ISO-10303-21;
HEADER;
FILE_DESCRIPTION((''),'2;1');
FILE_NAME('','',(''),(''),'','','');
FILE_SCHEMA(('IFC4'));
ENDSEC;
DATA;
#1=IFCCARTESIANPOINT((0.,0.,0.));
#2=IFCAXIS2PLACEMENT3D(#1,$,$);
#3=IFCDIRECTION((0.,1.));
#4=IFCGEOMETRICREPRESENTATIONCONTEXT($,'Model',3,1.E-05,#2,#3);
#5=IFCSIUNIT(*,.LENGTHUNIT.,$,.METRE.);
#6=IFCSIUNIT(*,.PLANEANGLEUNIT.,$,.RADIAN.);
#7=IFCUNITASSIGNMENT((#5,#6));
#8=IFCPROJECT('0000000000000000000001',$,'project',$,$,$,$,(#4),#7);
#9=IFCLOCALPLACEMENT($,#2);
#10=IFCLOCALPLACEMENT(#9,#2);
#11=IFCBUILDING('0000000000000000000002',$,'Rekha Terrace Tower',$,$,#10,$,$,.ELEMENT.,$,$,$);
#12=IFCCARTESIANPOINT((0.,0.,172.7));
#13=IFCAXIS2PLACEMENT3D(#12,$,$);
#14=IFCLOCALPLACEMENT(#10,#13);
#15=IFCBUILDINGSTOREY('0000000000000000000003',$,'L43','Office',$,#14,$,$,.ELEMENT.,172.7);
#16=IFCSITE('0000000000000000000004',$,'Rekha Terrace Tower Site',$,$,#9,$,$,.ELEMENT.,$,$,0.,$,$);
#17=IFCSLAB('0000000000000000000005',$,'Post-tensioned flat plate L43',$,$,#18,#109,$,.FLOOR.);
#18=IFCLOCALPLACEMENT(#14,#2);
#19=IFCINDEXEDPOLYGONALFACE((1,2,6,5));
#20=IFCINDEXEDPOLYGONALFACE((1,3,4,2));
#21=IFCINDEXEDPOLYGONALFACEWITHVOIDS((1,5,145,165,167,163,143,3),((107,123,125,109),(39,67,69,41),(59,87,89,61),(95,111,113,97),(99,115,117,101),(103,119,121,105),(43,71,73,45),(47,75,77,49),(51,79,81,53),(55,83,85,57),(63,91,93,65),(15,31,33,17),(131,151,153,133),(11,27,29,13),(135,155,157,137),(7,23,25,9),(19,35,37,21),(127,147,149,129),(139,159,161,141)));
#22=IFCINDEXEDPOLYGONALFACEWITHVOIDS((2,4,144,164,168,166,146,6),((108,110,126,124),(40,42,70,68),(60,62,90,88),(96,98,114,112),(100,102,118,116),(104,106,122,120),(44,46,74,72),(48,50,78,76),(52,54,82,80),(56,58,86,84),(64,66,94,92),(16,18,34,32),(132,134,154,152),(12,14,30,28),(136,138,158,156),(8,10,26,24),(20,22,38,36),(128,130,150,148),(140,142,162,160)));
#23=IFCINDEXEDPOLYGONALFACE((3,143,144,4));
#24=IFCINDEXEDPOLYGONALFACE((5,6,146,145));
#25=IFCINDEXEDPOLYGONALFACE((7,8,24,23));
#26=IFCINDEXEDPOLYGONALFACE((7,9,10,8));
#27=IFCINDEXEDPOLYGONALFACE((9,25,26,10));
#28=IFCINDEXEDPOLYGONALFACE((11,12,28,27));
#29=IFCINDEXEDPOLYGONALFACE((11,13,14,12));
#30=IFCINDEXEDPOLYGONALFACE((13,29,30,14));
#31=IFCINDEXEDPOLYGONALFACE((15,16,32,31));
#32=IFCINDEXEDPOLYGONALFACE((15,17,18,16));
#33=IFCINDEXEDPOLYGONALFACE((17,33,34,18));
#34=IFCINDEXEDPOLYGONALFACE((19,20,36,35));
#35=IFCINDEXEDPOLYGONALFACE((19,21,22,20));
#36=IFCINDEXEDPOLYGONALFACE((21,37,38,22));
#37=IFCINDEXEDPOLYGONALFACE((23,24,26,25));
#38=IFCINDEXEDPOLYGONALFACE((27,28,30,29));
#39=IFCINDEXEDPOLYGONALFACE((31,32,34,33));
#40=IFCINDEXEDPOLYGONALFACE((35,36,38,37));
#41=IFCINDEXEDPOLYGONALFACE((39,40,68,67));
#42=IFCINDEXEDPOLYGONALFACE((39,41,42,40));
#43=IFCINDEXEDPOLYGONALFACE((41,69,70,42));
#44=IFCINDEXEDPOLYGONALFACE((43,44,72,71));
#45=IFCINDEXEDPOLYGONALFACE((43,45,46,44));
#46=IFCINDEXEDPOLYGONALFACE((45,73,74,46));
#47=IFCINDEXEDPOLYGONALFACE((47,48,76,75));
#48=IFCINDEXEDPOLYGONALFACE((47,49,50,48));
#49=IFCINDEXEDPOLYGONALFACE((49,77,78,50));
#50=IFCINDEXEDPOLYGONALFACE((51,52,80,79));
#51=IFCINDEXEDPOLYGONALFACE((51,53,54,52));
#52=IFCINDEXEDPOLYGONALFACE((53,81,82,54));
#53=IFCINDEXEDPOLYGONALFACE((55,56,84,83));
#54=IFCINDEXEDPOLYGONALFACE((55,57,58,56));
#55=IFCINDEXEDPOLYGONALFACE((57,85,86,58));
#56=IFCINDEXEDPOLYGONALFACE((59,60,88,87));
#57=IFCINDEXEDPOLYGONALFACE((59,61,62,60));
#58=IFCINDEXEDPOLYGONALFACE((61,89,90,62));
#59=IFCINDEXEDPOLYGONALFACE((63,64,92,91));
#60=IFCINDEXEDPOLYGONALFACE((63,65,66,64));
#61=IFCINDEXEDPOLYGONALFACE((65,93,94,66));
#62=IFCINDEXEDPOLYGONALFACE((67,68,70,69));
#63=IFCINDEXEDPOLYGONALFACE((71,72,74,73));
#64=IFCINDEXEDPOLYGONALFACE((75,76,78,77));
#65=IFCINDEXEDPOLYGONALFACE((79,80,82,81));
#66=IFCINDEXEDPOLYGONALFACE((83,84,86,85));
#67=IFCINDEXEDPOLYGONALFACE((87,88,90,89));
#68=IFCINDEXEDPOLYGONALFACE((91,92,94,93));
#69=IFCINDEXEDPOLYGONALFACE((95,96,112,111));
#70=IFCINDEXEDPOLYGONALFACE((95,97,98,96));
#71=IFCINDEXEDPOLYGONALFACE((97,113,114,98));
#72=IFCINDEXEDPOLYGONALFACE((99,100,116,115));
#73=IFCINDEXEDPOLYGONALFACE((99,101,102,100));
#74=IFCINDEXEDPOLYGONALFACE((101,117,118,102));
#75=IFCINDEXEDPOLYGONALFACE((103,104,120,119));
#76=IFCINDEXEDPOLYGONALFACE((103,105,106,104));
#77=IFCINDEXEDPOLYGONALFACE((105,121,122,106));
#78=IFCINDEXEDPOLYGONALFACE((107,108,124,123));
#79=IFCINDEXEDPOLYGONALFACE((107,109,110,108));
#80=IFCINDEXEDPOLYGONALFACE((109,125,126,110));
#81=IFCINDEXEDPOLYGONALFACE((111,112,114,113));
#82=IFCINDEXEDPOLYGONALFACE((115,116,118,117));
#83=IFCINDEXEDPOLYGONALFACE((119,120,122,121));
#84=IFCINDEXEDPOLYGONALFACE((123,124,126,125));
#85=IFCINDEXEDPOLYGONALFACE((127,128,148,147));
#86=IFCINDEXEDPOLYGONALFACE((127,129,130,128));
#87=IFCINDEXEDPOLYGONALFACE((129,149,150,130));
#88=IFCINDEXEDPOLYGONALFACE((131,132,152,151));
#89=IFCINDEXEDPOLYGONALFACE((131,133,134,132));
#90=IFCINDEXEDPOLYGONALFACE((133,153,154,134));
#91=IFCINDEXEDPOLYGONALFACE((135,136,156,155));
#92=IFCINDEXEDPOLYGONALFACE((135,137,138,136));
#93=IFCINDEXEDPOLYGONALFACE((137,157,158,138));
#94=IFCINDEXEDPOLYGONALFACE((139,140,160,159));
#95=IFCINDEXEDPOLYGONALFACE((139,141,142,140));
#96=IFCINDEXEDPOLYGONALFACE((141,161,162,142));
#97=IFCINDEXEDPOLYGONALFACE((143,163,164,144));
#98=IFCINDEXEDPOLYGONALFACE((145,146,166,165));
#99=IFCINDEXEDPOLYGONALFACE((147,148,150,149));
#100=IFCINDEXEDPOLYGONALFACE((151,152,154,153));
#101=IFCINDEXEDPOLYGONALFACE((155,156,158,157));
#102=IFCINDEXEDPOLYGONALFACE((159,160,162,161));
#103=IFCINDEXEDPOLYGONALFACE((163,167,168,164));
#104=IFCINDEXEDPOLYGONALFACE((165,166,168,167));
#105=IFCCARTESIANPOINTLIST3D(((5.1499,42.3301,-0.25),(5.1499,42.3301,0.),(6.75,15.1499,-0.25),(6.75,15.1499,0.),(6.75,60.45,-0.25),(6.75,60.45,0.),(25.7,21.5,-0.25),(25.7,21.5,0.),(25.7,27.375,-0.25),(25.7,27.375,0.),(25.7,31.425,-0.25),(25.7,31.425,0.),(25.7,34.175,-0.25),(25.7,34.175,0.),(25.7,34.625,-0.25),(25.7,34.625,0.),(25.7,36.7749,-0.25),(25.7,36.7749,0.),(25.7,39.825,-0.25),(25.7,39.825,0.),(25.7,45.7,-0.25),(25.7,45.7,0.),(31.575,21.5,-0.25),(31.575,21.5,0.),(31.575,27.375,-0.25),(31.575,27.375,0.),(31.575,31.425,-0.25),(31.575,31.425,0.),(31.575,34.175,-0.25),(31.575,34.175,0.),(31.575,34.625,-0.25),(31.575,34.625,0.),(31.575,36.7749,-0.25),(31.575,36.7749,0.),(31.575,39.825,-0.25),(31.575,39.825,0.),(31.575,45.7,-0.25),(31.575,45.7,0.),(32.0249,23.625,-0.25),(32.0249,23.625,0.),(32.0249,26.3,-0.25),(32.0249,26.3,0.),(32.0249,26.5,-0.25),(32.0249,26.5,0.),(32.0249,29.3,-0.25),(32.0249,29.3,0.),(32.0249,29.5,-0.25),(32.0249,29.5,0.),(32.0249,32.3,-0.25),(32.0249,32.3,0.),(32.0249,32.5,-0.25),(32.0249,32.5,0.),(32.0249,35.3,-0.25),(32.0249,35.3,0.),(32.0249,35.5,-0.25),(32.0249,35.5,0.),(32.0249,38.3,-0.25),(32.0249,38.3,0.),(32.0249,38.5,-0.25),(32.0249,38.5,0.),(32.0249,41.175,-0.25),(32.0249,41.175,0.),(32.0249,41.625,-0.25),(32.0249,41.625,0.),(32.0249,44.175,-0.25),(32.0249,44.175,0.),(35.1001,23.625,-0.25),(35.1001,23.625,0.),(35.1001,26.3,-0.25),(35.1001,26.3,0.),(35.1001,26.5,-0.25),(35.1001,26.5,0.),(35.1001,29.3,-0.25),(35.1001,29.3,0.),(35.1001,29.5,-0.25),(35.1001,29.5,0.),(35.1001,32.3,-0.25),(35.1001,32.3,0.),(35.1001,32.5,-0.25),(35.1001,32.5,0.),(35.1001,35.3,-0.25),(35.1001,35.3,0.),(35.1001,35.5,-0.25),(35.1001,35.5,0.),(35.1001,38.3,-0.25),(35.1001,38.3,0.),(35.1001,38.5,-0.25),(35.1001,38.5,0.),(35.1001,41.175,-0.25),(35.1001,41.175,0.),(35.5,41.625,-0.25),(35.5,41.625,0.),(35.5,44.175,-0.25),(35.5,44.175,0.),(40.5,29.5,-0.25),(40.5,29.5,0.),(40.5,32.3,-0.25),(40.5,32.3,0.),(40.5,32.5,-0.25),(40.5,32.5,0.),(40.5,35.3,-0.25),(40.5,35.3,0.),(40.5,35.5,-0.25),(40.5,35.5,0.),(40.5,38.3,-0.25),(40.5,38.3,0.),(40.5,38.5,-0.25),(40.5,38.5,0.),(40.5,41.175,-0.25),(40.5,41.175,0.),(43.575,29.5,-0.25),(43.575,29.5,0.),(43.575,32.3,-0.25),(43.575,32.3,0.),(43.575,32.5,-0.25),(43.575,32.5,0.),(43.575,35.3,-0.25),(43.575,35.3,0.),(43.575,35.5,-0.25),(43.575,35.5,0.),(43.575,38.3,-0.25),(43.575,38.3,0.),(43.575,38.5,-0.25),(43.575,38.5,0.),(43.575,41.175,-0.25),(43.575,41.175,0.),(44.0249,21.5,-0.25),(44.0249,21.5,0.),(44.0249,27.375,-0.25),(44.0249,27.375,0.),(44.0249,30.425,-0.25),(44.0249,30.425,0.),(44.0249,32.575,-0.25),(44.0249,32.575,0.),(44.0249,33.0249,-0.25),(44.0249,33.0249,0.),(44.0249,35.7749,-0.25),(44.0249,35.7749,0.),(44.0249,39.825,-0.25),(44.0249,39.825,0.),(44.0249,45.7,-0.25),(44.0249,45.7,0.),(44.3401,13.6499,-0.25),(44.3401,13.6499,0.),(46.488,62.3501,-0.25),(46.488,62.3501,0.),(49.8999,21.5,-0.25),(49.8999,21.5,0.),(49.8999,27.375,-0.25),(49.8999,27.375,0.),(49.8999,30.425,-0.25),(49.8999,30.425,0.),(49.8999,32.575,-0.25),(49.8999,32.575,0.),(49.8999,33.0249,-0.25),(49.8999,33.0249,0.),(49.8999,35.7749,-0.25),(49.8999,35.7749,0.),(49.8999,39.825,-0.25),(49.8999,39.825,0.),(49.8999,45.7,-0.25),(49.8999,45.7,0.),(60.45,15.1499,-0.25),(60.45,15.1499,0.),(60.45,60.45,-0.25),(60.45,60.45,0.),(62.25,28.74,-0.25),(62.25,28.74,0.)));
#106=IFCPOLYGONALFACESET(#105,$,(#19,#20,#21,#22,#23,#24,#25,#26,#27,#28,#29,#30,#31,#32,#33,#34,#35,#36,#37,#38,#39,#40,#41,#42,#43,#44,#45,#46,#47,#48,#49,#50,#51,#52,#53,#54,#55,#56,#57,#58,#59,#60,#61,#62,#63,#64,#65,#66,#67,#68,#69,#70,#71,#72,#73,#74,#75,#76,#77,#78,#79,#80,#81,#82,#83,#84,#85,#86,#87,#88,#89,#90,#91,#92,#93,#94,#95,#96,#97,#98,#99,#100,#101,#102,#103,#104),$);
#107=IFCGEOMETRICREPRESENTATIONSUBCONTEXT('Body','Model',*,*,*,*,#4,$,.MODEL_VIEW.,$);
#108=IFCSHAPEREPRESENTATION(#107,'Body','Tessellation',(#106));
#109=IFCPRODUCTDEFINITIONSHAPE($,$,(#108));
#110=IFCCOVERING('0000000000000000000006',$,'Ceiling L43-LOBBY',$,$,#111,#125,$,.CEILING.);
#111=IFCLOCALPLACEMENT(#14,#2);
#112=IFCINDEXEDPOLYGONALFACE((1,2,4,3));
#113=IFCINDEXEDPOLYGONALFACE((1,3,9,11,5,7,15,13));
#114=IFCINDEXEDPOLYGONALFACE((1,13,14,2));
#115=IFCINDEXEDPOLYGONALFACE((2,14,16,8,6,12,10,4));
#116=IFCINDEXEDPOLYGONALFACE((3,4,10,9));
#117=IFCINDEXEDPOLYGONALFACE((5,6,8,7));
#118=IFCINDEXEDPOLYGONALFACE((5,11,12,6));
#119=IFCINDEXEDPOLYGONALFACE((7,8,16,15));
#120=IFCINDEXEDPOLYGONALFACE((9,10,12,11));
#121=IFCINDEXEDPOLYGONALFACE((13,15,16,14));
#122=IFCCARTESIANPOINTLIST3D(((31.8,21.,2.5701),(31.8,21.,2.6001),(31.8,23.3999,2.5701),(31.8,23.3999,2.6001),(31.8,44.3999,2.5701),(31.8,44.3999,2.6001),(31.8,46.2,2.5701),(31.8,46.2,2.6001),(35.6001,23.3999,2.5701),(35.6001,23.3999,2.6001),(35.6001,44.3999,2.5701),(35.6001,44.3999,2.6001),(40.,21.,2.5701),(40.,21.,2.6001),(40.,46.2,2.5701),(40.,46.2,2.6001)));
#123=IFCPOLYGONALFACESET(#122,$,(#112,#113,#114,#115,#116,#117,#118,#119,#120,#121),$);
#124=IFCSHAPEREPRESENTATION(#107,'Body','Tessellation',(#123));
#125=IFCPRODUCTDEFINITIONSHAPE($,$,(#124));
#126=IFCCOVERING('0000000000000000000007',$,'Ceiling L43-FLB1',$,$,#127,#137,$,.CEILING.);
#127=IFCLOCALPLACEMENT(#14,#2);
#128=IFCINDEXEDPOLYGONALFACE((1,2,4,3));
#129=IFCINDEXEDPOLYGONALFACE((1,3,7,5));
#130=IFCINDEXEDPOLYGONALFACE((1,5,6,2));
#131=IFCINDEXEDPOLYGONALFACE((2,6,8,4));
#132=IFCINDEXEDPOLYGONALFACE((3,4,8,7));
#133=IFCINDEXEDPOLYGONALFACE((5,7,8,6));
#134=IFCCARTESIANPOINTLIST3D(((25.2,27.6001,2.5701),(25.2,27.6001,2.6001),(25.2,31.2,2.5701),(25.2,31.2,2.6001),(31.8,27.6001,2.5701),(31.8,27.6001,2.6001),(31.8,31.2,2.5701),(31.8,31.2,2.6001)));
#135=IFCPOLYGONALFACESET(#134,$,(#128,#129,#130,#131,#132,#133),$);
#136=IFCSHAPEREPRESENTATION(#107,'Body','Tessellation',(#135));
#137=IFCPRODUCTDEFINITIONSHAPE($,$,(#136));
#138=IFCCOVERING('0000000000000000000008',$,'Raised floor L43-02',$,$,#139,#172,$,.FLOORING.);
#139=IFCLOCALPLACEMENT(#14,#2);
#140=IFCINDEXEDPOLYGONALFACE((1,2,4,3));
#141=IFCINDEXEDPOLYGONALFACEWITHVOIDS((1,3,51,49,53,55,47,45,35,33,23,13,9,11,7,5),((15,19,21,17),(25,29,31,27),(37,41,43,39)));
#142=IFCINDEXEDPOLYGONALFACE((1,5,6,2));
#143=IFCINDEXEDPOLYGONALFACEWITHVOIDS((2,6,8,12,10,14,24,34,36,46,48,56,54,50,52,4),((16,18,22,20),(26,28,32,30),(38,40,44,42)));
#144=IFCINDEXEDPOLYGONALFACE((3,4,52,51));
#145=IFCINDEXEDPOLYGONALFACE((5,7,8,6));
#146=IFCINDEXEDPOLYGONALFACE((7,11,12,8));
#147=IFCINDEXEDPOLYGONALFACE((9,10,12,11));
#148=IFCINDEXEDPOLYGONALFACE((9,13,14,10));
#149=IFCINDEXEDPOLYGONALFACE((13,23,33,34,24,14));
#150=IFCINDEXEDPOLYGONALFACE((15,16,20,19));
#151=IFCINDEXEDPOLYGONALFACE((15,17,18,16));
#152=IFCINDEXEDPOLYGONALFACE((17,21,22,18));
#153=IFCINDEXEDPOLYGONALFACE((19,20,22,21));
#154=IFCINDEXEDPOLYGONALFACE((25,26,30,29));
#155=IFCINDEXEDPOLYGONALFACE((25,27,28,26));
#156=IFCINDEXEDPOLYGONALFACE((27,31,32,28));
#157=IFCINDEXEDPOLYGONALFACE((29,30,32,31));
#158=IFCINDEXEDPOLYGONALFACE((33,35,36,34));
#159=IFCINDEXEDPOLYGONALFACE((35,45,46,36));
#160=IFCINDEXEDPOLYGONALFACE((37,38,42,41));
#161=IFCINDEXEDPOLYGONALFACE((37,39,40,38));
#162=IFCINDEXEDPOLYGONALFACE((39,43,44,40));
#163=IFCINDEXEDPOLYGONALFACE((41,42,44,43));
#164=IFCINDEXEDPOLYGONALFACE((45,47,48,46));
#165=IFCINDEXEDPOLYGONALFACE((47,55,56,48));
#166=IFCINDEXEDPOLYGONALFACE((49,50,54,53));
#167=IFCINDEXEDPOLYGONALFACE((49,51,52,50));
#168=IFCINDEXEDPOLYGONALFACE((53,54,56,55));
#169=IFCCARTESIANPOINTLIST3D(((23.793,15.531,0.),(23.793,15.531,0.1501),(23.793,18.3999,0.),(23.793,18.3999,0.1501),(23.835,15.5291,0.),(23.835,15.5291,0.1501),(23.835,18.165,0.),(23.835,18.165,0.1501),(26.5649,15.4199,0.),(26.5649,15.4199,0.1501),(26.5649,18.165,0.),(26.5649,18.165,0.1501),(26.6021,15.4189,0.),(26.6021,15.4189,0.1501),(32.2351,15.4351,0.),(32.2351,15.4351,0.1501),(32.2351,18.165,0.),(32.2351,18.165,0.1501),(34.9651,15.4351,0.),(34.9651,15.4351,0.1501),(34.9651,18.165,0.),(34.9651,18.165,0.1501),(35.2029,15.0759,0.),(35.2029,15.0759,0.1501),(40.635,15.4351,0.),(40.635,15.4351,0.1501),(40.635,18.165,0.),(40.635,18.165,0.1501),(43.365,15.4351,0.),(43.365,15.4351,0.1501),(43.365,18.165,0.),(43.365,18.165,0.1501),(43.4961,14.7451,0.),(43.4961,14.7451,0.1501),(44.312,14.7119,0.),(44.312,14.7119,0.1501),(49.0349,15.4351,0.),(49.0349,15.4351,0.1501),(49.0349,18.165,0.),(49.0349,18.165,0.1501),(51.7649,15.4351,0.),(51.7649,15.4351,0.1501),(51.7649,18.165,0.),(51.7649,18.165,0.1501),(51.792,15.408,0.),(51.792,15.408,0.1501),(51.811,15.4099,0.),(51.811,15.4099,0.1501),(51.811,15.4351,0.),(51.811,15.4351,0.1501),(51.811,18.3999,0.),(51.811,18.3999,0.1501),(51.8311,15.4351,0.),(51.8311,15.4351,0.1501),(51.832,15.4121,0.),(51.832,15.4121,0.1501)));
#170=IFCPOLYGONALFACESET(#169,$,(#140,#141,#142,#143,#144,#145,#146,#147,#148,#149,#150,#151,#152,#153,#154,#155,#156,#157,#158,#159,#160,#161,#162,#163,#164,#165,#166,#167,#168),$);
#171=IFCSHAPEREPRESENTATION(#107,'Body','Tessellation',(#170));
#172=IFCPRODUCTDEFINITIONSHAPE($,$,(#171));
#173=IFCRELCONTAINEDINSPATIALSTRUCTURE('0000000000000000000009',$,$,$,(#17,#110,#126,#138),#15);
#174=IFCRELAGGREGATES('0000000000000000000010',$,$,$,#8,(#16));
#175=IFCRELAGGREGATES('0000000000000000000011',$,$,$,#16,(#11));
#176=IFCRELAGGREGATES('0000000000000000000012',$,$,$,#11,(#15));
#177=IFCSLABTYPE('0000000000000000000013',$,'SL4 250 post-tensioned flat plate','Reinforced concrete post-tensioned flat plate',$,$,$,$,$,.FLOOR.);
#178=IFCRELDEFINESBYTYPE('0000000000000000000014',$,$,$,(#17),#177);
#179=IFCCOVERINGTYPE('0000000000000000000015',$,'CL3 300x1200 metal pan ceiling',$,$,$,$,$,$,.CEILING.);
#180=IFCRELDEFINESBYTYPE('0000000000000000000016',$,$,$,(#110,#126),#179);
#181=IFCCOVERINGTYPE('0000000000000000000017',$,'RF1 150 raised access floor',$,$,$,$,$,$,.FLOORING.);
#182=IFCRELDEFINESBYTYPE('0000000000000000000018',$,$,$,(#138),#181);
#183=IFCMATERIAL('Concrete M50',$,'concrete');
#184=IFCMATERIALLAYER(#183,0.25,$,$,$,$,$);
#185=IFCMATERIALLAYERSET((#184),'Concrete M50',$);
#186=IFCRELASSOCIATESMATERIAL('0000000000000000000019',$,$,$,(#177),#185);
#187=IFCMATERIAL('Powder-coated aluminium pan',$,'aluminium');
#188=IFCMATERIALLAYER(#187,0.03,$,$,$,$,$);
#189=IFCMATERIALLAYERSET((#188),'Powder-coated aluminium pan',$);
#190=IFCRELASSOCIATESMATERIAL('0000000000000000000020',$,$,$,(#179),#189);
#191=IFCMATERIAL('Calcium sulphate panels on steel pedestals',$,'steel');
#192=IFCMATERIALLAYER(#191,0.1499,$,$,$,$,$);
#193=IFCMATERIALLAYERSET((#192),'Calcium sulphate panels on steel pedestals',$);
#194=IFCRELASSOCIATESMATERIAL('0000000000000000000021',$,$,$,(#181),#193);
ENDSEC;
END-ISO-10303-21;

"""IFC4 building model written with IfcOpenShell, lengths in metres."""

from ifc_helpers import new_model, si_unit, direction, frame, origin, place, context, subcontext, project, spatial, polyline, outline, extrude, material, layer, layer_set, type_object, element, save


model = new_model("IFC4")

# Units and contexts
model_context = context("Model", 3, precision=1e-05, world=origin(), true_north=direction((0.0, 1.0)))
body_context = subcontext(model_context, "Body", "Model", "MODEL_VIEW")
ifc_project = project(units=[si_unit("LENGTHUNIT", "METRE"), si_unit("PLANEANGLEUNIT", "RADIAN")], contexts=[model_context])

# Site, building, storey
site_placement = place(None, origin())
site = spatial("IfcSite", under=ifc_project, at=site_placement, Name="Rekha Terrace Tower Site", CompositionType="ELEMENT", RefElevation=0.0)
building_placement = place(site_placement, origin())
building = spatial("IfcBuilding", under=site, at=building_placement, Name="Rekha Terrace Tower", CompositionType="ELEMENT")
storey_placement = place(building_placement, frame((0.0, 0.0, 172.7)))
storey = spatial("IfcBuildingStorey", under=building, at=storey_placement, Name="L43", Description="Office", CompositionType="ELEMENT", Elevation=172.7)

# Slab
ifc_material_1 = material(Name="Concrete M50", Category="concrete")
ifc_layer_1 = layer(ifc_material_1, 0.25)
ifc_layer_set_1 = layer_set([ifc_layer_1], Name="Concrete M50")
slab_type_1 = type_object("IfcSlabType", Name="SL4 250 post-tensioned flat plate", Description="Reinforced concrete post-tensioned flat plate", PredefinedType="FLOOR", material=ifc_layer_set_1)
slab_1_placement = place(storey_placement, frame((0.0, 0.0, -0.25)))
element("IfcSlab", 1, at=slab_1_placement, inside=storey, type_object=slab_type_1, Name="Post-tensioned flat plate L43", PredefinedType="FLOOR", context=body_context, shape_type="SweptSolid", body=[
    extrude(outline(polyline([(5.1499, 42.3301), (6.75, 15.1499), (44.3401, 13.6499), (60.45, 15.1499), (62.25, 28.74), (60.45, 60.45), (46.488, 62.3501), (6.75, 60.45), (5.1499, 42.3301)]), holes=[polyline([(31.575, 27.375), (31.575, 21.5), (25.7, 21.5), (25.7, 27.375), (31.575, 27.375)]), polyline([(35.1001, 26.3), (35.1001, 23.625), (32.0249, 23.625), (32.0249, 26.3), (35.1001, 26.3)]), polyline([(35.1001, 29.3), (35.1001, 26.5), (32.0249, 26.5), (32.0249, 29.3), (35.1001, 29.3)]), polyline([(35.1001, 32.3), (35.1001, 29.5), (32.0249, 29.5), (32.0249, 32.3), (35.1001, 32.3)]), polyline([(31.575, 34.175), (31.575, 31.425), (25.7, 31.425), (25.7, 34.175), (31.575, 34.175)]), polyline([(35.1001, 35.3), (35.1001, 32.5), (32.0249, 32.5), (32.0249, 35.3), (35.1001, 35.3)]), polyline([(31.575, 36.7749), (31.575, 34.625), (25.7, 34.625), (25.7, 36.7749), (31.575, 36.7749)]), polyline([(35.1001, 35.5), (32.0249, 35.5), (32.0249, 38.3), (35.1001, 38.3), (35.1001, 35.5)]), polyline([(35.1001, 38.5), (32.0249, 38.5), (32.0249, 41.175), (35.1001, 41.175), (35.1001, 38.5)]), polyline([(31.575, 45.7), (31.575, 39.825), (25.7, 39.825), (25.7, 45.7), (31.575, 45.7)]), polyline([(49.8999, 27.375), (49.8999, 21.5), (44.0249, 21.5), (44.0249, 27.375), (49.8999, 27.375)]), polyline([(43.575, 32.3), (43.575, 29.5), (40.5, 29.5), (40.5, 32.3), (43.575, 32.3)]), polyline([(49.8999, 30.425), (44.0249, 30.425), (44.0249, 32.575), (49.8999, 32.575), (49.8999, 30.425)]), polyline([(43.575, 32.5), (40.5, 32.5), (40.5, 35.3), (43.575, 35.3), (43.575, 32.5)]), polyline([(49.8999, 35.7749), (49.8999, 33.0249), (44.0249, 33.0249), (44.0249, 35.7749), (49.8999, 35.7749)]), polyline([(43.575, 38.3), (43.575, 35.5), (40.5, 35.5), (40.5, 38.3), (43.575, 38.3)]), polyline([(43.575, 41.175), (43.575, 38.5), (40.5, 38.5), (40.5, 41.175), (43.575, 41.175)]), polyline([(49.8999, 39.825), (44.0249, 39.825), (44.0249, 45.7), (49.8999, 45.7), (49.8999, 39.825)]), polyline([(35.5, 41.625), (32.0249, 41.625), (32.0249, 44.175), (35.5, 44.175), (35.5, 41.625)])]), origin(), (0.0, 0.0, 1.0), 0.25),
])

# Coverings
ifc_material_2 = material(Name="Powder-coated aluminium pan", Category="aluminium")
ifc_layer_2 = layer(ifc_material_2, 0.03)
ifc_layer_set_2 = layer_set([ifc_layer_2], Name="Powder-coated aluminium pan")
covering_type_1 = type_object("IfcCoveringType", Name="CL3 300x1200 metal pan ceiling", PredefinedType="CEILING", material=ifc_layer_set_2)
covering_1_placement = place(storey_placement, frame((0.0, 0.0, 2.5701)))
element("IfcCovering", 2, at=covering_1_placement, inside=storey, type_object=covering_type_1, Name="Ceiling L43-LOBBY", PredefinedType="CEILING", context=body_context, shape_type="SweptSolid", body=[
    extrude(outline(polyline([(35.6001, 44.3999), (35.6001, 23.3999), (31.8, 23.3999), (31.8, 21.0), (40.0, 21.0), (40.0, 46.2), (31.8, 46.2), (31.8, 44.3999), (35.6001, 44.3999)])), origin(), (0.0, 0.0, 1.0), 0.03),
])
covering_2_placement = place(storey_placement, frame((0.0, 0.0, 2.5701)))
element("IfcCovering", 3, at=covering_2_placement, inside=storey, type_object=covering_type_1, Name="Ceiling L43-FLB1", PredefinedType="CEILING", context=body_context, shape_type="SweptSolid", body=[
    extrude(outline(polyline([(31.8, 31.2), (25.2, 31.2), (25.2, 27.6001), (31.8, 27.6001), (31.8, 31.2)])), origin(), (0.0, 0.0, 1.0), 0.03),
])
ifc_material_3 = material(Name="Calcium sulphate panels on steel pedestals", Category="steel")
ifc_layer_3 = layer(ifc_material_3, 0.1499)
ifc_layer_set_3 = layer_set([ifc_layer_3], Name="Calcium sulphate panels on steel pedestals")
covering_type_2 = type_object("IfcCoveringType", Name="RF1 150 raised access floor", PredefinedType="FLOORING", material=ifc_layer_set_3)
covering_3_placement = place(storey_placement, origin())
element("IfcCovering", 4, at=covering_3_placement, inside=storey, type_object=covering_type_2, Name="Raised floor L43-02", PredefinedType="FLOORING", context=body_context, shape_type="SweptSolid", body=[
    extrude(outline(polyline([(26.5649, 18.165), (26.5649, 15.4199), (26.6021, 15.4189), (35.2029, 15.0759), (43.4961, 14.7451), (44.312, 14.7119), (51.792, 15.408), (51.811, 15.4099), (51.832, 15.4121), (51.8311, 15.4351), (51.811, 15.4351), (51.811, 18.3999), (23.793, 18.3999), (23.793, 15.531), (23.835, 15.5291), (23.835, 18.165), (26.5649, 18.165)]), holes=[polyline([(51.7649, 18.165), (51.7649, 15.4351), (49.0349, 15.4351), (49.0349, 18.165), (51.7649, 18.165)]), polyline([(43.365, 18.165), (43.365, 15.4351), (40.635, 15.4351), (40.635, 18.165), (43.365, 18.165)]), polyline([(34.9651, 15.4351), (32.2351, 15.4351), (32.2351, 18.165), (34.9651, 18.165), (34.9651, 15.4351)])]), origin(), (0.0, 0.0, 1.0), 0.1501),
])

save(model, "model.ifc")
